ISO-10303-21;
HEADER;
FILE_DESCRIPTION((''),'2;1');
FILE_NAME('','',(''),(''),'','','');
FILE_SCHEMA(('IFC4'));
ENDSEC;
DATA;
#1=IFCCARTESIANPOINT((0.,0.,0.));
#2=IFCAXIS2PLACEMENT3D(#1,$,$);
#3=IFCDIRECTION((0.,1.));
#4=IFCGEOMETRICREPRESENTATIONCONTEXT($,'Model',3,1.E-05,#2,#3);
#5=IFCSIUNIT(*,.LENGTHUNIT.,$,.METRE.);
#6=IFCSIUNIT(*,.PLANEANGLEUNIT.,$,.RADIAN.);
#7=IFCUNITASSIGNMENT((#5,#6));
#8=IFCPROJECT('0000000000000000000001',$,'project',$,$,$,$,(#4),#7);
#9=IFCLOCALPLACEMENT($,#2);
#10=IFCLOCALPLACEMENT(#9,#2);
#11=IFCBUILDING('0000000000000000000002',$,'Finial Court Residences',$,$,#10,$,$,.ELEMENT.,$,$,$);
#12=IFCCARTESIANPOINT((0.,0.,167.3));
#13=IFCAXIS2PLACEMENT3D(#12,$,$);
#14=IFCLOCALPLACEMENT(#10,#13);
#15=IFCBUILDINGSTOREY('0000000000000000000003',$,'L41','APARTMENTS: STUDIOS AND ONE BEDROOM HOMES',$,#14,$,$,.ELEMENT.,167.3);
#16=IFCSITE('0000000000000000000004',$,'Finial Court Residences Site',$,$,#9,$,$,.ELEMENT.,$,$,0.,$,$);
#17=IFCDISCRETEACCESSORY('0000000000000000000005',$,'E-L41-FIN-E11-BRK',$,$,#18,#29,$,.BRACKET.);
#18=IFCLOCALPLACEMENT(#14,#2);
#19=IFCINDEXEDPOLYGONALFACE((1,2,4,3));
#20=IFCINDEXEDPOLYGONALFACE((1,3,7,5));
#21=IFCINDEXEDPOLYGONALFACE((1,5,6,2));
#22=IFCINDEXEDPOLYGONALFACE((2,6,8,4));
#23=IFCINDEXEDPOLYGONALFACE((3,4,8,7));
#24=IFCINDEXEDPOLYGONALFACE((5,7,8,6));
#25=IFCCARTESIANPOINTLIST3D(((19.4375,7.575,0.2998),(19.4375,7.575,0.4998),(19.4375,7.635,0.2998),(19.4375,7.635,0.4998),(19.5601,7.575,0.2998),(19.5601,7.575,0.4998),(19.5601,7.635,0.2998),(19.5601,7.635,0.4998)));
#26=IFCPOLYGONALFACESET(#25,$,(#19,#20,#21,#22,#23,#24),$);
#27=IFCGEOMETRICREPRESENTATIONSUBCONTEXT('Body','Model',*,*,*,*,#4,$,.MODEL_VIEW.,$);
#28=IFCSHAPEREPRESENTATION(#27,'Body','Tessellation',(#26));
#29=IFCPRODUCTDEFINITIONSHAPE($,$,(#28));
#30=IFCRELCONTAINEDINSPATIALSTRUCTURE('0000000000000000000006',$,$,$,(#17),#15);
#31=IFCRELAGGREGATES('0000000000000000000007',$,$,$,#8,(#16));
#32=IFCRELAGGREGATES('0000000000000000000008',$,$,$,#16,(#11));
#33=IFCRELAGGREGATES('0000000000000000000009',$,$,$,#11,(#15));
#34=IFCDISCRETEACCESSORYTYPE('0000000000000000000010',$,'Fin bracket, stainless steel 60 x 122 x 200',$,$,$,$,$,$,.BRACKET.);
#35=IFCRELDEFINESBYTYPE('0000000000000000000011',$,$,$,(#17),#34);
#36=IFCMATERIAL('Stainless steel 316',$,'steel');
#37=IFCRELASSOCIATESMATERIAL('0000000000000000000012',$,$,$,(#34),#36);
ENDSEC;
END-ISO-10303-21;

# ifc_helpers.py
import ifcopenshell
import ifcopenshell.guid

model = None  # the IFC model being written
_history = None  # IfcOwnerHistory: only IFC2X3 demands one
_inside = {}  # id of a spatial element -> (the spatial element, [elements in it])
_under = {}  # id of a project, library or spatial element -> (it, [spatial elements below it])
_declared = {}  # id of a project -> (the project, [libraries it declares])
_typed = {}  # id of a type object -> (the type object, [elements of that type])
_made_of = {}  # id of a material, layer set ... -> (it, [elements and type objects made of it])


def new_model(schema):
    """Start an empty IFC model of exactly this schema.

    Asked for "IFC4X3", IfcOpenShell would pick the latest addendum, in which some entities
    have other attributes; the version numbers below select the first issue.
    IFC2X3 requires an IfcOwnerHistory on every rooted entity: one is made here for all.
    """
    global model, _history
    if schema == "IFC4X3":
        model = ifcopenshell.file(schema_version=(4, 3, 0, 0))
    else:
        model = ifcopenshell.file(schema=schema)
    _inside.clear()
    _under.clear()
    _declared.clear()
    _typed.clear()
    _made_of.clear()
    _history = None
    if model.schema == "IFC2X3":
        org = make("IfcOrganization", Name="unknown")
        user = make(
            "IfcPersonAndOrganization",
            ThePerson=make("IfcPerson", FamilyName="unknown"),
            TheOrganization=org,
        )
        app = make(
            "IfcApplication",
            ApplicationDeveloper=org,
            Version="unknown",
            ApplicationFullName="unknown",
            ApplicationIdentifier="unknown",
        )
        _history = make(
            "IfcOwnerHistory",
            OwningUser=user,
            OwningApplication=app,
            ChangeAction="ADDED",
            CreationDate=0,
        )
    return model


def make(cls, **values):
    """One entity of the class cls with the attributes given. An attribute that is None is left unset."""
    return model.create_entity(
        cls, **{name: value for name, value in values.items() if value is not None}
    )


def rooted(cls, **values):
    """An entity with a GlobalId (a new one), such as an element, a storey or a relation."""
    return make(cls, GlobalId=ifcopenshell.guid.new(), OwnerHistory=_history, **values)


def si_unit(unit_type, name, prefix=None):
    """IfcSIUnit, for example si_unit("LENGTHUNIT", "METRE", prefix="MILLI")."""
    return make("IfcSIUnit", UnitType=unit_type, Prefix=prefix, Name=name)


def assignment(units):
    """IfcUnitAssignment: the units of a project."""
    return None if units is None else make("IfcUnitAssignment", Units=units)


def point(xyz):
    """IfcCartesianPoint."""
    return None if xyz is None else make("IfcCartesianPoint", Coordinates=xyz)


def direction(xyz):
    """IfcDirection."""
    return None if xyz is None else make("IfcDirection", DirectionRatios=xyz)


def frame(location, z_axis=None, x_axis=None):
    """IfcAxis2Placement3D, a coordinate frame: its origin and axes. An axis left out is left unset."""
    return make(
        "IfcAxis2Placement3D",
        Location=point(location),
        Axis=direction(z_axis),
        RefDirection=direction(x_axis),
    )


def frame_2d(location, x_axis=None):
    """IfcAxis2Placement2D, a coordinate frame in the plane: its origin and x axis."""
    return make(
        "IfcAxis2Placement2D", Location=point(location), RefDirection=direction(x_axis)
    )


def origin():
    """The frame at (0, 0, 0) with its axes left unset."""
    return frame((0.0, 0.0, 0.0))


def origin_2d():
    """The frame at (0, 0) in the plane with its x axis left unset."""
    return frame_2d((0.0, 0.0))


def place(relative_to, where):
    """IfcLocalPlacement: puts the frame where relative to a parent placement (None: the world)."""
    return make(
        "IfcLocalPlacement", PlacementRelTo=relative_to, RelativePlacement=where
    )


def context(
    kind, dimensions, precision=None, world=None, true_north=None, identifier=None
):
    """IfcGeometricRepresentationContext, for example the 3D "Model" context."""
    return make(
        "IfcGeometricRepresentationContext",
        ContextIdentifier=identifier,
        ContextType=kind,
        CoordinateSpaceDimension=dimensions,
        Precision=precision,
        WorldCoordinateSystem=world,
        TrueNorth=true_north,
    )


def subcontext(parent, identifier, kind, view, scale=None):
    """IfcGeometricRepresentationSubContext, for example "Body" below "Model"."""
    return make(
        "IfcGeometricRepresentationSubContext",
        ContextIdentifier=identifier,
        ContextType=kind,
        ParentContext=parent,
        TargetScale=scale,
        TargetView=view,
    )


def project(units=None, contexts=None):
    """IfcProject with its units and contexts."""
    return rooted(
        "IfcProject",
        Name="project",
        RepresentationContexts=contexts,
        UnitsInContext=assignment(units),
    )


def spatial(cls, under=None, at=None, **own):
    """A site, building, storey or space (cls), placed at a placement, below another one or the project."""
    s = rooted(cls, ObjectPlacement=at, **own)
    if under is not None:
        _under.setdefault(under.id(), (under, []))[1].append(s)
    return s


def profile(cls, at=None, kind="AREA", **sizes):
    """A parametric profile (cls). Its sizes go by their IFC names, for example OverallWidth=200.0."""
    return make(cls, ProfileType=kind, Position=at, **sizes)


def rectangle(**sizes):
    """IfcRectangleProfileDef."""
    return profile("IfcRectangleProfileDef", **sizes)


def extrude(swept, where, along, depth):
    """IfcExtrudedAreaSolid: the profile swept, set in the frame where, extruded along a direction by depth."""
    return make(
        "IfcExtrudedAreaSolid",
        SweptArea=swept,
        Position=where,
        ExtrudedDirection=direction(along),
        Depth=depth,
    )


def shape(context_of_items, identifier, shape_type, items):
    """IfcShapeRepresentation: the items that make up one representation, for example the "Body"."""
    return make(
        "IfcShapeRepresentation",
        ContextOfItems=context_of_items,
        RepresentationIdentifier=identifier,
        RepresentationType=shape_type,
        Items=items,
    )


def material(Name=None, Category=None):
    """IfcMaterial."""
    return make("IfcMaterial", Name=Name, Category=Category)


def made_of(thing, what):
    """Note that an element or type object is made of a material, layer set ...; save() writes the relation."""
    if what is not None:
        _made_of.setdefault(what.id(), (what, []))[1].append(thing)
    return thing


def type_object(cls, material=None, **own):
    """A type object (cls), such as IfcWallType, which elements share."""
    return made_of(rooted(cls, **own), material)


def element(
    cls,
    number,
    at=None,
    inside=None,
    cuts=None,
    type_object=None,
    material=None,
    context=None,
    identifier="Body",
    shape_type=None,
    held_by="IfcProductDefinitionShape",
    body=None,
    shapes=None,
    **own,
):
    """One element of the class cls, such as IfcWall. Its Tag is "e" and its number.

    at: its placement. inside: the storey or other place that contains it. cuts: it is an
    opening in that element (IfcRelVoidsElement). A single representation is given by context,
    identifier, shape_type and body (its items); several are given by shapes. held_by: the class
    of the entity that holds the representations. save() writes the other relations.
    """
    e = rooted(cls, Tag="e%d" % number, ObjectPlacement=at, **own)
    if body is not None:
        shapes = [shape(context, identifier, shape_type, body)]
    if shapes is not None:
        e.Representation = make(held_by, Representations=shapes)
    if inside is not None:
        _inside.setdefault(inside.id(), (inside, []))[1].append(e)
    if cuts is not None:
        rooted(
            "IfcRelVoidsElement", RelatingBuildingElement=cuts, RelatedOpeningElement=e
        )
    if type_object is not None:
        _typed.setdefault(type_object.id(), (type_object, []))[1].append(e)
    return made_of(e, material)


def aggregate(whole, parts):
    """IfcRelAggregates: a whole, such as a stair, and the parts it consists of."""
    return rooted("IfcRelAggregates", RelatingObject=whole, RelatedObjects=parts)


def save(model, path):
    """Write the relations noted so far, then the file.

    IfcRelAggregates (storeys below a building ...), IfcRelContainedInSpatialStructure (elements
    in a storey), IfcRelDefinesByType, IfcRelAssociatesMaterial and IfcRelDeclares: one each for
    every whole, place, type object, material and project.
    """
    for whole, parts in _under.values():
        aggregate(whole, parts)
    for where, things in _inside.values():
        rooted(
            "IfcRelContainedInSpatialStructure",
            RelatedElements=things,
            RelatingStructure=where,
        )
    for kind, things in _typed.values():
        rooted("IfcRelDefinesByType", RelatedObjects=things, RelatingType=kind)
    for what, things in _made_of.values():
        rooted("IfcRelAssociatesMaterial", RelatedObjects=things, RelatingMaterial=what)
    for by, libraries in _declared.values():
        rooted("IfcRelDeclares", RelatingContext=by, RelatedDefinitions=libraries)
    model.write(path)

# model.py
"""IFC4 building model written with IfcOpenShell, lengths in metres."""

from ifc_helpers import new_model, si_unit, direction, frame, origin, origin_2d, place, context, subcontext, project, spatial, rectangle, extrude, material, type_object, element, save


model = new_model("IFC4")

# Units and contexts
model_context = context("Model", 3, precision=1e-05, world=origin(), true_north=direction((0.0, 1.0)))
body_context = subcontext(model_context, "Body", "Model", "MODEL_VIEW")
ifc_project = project(units=[si_unit("LENGTHUNIT", "METRE"), si_unit("PLANEANGLEUNIT", "RADIAN")], contexts=[model_context])

# Site, building, storey
site_placement = place(None, origin())
site = spatial("IfcSite", under=ifc_project, at=site_placement, Name="Finial Court Residences Site", CompositionType="ELEMENT", RefElevation=0.0)
building_placement = place(site_placement, origin())
building = spatial("IfcBuilding", under=site, at=building_placement, Name="Finial Court Residences", CompositionType="ELEMENT")
storey_placement = place(building_placement, frame((0.0, 0.0, 167.3)))
storey = spatial("IfcBuildingStorey", under=building, at=storey_placement, Name="L41", Description="APARTMENTS: STUDIOS AND ONE BEDROOM HOMES", CompositionType="ELEMENT", Elevation=167.3)

# Discrete accessory
ifc_material_1 = material(Name="Stainless steel 316", Category="steel")
discrete_accessory_type = type_object("IfcDiscreteAccessoryType", Name="Fin bracket, stainless steel 60 x 122 x 200", PredefinedType="BRACKET", material=ifc_material_1)
discrete_accessory_placement = place(storey_placement, frame((19.4988, 7.605, 0.2998), z_axis=(0.0, 0.0, 1.0), x_axis=(1.0, 0.0, 0.0)))
element("IfcDiscreteAccessory", 1, at=discrete_accessory_placement, inside=storey, type_object=discrete_accessory_type, Name="E-L41-FIN-E11-BRK", PredefinedType="BRACKET", context=body_context, shape_type="SweptSolid", body=[
    extrude(rectangle(XDim=0.1226, YDim=0.0601, at=origin_2d()), origin(), (0.0, 0.0, 1.0), 0.2),
])

save(model, "model.ifc")
